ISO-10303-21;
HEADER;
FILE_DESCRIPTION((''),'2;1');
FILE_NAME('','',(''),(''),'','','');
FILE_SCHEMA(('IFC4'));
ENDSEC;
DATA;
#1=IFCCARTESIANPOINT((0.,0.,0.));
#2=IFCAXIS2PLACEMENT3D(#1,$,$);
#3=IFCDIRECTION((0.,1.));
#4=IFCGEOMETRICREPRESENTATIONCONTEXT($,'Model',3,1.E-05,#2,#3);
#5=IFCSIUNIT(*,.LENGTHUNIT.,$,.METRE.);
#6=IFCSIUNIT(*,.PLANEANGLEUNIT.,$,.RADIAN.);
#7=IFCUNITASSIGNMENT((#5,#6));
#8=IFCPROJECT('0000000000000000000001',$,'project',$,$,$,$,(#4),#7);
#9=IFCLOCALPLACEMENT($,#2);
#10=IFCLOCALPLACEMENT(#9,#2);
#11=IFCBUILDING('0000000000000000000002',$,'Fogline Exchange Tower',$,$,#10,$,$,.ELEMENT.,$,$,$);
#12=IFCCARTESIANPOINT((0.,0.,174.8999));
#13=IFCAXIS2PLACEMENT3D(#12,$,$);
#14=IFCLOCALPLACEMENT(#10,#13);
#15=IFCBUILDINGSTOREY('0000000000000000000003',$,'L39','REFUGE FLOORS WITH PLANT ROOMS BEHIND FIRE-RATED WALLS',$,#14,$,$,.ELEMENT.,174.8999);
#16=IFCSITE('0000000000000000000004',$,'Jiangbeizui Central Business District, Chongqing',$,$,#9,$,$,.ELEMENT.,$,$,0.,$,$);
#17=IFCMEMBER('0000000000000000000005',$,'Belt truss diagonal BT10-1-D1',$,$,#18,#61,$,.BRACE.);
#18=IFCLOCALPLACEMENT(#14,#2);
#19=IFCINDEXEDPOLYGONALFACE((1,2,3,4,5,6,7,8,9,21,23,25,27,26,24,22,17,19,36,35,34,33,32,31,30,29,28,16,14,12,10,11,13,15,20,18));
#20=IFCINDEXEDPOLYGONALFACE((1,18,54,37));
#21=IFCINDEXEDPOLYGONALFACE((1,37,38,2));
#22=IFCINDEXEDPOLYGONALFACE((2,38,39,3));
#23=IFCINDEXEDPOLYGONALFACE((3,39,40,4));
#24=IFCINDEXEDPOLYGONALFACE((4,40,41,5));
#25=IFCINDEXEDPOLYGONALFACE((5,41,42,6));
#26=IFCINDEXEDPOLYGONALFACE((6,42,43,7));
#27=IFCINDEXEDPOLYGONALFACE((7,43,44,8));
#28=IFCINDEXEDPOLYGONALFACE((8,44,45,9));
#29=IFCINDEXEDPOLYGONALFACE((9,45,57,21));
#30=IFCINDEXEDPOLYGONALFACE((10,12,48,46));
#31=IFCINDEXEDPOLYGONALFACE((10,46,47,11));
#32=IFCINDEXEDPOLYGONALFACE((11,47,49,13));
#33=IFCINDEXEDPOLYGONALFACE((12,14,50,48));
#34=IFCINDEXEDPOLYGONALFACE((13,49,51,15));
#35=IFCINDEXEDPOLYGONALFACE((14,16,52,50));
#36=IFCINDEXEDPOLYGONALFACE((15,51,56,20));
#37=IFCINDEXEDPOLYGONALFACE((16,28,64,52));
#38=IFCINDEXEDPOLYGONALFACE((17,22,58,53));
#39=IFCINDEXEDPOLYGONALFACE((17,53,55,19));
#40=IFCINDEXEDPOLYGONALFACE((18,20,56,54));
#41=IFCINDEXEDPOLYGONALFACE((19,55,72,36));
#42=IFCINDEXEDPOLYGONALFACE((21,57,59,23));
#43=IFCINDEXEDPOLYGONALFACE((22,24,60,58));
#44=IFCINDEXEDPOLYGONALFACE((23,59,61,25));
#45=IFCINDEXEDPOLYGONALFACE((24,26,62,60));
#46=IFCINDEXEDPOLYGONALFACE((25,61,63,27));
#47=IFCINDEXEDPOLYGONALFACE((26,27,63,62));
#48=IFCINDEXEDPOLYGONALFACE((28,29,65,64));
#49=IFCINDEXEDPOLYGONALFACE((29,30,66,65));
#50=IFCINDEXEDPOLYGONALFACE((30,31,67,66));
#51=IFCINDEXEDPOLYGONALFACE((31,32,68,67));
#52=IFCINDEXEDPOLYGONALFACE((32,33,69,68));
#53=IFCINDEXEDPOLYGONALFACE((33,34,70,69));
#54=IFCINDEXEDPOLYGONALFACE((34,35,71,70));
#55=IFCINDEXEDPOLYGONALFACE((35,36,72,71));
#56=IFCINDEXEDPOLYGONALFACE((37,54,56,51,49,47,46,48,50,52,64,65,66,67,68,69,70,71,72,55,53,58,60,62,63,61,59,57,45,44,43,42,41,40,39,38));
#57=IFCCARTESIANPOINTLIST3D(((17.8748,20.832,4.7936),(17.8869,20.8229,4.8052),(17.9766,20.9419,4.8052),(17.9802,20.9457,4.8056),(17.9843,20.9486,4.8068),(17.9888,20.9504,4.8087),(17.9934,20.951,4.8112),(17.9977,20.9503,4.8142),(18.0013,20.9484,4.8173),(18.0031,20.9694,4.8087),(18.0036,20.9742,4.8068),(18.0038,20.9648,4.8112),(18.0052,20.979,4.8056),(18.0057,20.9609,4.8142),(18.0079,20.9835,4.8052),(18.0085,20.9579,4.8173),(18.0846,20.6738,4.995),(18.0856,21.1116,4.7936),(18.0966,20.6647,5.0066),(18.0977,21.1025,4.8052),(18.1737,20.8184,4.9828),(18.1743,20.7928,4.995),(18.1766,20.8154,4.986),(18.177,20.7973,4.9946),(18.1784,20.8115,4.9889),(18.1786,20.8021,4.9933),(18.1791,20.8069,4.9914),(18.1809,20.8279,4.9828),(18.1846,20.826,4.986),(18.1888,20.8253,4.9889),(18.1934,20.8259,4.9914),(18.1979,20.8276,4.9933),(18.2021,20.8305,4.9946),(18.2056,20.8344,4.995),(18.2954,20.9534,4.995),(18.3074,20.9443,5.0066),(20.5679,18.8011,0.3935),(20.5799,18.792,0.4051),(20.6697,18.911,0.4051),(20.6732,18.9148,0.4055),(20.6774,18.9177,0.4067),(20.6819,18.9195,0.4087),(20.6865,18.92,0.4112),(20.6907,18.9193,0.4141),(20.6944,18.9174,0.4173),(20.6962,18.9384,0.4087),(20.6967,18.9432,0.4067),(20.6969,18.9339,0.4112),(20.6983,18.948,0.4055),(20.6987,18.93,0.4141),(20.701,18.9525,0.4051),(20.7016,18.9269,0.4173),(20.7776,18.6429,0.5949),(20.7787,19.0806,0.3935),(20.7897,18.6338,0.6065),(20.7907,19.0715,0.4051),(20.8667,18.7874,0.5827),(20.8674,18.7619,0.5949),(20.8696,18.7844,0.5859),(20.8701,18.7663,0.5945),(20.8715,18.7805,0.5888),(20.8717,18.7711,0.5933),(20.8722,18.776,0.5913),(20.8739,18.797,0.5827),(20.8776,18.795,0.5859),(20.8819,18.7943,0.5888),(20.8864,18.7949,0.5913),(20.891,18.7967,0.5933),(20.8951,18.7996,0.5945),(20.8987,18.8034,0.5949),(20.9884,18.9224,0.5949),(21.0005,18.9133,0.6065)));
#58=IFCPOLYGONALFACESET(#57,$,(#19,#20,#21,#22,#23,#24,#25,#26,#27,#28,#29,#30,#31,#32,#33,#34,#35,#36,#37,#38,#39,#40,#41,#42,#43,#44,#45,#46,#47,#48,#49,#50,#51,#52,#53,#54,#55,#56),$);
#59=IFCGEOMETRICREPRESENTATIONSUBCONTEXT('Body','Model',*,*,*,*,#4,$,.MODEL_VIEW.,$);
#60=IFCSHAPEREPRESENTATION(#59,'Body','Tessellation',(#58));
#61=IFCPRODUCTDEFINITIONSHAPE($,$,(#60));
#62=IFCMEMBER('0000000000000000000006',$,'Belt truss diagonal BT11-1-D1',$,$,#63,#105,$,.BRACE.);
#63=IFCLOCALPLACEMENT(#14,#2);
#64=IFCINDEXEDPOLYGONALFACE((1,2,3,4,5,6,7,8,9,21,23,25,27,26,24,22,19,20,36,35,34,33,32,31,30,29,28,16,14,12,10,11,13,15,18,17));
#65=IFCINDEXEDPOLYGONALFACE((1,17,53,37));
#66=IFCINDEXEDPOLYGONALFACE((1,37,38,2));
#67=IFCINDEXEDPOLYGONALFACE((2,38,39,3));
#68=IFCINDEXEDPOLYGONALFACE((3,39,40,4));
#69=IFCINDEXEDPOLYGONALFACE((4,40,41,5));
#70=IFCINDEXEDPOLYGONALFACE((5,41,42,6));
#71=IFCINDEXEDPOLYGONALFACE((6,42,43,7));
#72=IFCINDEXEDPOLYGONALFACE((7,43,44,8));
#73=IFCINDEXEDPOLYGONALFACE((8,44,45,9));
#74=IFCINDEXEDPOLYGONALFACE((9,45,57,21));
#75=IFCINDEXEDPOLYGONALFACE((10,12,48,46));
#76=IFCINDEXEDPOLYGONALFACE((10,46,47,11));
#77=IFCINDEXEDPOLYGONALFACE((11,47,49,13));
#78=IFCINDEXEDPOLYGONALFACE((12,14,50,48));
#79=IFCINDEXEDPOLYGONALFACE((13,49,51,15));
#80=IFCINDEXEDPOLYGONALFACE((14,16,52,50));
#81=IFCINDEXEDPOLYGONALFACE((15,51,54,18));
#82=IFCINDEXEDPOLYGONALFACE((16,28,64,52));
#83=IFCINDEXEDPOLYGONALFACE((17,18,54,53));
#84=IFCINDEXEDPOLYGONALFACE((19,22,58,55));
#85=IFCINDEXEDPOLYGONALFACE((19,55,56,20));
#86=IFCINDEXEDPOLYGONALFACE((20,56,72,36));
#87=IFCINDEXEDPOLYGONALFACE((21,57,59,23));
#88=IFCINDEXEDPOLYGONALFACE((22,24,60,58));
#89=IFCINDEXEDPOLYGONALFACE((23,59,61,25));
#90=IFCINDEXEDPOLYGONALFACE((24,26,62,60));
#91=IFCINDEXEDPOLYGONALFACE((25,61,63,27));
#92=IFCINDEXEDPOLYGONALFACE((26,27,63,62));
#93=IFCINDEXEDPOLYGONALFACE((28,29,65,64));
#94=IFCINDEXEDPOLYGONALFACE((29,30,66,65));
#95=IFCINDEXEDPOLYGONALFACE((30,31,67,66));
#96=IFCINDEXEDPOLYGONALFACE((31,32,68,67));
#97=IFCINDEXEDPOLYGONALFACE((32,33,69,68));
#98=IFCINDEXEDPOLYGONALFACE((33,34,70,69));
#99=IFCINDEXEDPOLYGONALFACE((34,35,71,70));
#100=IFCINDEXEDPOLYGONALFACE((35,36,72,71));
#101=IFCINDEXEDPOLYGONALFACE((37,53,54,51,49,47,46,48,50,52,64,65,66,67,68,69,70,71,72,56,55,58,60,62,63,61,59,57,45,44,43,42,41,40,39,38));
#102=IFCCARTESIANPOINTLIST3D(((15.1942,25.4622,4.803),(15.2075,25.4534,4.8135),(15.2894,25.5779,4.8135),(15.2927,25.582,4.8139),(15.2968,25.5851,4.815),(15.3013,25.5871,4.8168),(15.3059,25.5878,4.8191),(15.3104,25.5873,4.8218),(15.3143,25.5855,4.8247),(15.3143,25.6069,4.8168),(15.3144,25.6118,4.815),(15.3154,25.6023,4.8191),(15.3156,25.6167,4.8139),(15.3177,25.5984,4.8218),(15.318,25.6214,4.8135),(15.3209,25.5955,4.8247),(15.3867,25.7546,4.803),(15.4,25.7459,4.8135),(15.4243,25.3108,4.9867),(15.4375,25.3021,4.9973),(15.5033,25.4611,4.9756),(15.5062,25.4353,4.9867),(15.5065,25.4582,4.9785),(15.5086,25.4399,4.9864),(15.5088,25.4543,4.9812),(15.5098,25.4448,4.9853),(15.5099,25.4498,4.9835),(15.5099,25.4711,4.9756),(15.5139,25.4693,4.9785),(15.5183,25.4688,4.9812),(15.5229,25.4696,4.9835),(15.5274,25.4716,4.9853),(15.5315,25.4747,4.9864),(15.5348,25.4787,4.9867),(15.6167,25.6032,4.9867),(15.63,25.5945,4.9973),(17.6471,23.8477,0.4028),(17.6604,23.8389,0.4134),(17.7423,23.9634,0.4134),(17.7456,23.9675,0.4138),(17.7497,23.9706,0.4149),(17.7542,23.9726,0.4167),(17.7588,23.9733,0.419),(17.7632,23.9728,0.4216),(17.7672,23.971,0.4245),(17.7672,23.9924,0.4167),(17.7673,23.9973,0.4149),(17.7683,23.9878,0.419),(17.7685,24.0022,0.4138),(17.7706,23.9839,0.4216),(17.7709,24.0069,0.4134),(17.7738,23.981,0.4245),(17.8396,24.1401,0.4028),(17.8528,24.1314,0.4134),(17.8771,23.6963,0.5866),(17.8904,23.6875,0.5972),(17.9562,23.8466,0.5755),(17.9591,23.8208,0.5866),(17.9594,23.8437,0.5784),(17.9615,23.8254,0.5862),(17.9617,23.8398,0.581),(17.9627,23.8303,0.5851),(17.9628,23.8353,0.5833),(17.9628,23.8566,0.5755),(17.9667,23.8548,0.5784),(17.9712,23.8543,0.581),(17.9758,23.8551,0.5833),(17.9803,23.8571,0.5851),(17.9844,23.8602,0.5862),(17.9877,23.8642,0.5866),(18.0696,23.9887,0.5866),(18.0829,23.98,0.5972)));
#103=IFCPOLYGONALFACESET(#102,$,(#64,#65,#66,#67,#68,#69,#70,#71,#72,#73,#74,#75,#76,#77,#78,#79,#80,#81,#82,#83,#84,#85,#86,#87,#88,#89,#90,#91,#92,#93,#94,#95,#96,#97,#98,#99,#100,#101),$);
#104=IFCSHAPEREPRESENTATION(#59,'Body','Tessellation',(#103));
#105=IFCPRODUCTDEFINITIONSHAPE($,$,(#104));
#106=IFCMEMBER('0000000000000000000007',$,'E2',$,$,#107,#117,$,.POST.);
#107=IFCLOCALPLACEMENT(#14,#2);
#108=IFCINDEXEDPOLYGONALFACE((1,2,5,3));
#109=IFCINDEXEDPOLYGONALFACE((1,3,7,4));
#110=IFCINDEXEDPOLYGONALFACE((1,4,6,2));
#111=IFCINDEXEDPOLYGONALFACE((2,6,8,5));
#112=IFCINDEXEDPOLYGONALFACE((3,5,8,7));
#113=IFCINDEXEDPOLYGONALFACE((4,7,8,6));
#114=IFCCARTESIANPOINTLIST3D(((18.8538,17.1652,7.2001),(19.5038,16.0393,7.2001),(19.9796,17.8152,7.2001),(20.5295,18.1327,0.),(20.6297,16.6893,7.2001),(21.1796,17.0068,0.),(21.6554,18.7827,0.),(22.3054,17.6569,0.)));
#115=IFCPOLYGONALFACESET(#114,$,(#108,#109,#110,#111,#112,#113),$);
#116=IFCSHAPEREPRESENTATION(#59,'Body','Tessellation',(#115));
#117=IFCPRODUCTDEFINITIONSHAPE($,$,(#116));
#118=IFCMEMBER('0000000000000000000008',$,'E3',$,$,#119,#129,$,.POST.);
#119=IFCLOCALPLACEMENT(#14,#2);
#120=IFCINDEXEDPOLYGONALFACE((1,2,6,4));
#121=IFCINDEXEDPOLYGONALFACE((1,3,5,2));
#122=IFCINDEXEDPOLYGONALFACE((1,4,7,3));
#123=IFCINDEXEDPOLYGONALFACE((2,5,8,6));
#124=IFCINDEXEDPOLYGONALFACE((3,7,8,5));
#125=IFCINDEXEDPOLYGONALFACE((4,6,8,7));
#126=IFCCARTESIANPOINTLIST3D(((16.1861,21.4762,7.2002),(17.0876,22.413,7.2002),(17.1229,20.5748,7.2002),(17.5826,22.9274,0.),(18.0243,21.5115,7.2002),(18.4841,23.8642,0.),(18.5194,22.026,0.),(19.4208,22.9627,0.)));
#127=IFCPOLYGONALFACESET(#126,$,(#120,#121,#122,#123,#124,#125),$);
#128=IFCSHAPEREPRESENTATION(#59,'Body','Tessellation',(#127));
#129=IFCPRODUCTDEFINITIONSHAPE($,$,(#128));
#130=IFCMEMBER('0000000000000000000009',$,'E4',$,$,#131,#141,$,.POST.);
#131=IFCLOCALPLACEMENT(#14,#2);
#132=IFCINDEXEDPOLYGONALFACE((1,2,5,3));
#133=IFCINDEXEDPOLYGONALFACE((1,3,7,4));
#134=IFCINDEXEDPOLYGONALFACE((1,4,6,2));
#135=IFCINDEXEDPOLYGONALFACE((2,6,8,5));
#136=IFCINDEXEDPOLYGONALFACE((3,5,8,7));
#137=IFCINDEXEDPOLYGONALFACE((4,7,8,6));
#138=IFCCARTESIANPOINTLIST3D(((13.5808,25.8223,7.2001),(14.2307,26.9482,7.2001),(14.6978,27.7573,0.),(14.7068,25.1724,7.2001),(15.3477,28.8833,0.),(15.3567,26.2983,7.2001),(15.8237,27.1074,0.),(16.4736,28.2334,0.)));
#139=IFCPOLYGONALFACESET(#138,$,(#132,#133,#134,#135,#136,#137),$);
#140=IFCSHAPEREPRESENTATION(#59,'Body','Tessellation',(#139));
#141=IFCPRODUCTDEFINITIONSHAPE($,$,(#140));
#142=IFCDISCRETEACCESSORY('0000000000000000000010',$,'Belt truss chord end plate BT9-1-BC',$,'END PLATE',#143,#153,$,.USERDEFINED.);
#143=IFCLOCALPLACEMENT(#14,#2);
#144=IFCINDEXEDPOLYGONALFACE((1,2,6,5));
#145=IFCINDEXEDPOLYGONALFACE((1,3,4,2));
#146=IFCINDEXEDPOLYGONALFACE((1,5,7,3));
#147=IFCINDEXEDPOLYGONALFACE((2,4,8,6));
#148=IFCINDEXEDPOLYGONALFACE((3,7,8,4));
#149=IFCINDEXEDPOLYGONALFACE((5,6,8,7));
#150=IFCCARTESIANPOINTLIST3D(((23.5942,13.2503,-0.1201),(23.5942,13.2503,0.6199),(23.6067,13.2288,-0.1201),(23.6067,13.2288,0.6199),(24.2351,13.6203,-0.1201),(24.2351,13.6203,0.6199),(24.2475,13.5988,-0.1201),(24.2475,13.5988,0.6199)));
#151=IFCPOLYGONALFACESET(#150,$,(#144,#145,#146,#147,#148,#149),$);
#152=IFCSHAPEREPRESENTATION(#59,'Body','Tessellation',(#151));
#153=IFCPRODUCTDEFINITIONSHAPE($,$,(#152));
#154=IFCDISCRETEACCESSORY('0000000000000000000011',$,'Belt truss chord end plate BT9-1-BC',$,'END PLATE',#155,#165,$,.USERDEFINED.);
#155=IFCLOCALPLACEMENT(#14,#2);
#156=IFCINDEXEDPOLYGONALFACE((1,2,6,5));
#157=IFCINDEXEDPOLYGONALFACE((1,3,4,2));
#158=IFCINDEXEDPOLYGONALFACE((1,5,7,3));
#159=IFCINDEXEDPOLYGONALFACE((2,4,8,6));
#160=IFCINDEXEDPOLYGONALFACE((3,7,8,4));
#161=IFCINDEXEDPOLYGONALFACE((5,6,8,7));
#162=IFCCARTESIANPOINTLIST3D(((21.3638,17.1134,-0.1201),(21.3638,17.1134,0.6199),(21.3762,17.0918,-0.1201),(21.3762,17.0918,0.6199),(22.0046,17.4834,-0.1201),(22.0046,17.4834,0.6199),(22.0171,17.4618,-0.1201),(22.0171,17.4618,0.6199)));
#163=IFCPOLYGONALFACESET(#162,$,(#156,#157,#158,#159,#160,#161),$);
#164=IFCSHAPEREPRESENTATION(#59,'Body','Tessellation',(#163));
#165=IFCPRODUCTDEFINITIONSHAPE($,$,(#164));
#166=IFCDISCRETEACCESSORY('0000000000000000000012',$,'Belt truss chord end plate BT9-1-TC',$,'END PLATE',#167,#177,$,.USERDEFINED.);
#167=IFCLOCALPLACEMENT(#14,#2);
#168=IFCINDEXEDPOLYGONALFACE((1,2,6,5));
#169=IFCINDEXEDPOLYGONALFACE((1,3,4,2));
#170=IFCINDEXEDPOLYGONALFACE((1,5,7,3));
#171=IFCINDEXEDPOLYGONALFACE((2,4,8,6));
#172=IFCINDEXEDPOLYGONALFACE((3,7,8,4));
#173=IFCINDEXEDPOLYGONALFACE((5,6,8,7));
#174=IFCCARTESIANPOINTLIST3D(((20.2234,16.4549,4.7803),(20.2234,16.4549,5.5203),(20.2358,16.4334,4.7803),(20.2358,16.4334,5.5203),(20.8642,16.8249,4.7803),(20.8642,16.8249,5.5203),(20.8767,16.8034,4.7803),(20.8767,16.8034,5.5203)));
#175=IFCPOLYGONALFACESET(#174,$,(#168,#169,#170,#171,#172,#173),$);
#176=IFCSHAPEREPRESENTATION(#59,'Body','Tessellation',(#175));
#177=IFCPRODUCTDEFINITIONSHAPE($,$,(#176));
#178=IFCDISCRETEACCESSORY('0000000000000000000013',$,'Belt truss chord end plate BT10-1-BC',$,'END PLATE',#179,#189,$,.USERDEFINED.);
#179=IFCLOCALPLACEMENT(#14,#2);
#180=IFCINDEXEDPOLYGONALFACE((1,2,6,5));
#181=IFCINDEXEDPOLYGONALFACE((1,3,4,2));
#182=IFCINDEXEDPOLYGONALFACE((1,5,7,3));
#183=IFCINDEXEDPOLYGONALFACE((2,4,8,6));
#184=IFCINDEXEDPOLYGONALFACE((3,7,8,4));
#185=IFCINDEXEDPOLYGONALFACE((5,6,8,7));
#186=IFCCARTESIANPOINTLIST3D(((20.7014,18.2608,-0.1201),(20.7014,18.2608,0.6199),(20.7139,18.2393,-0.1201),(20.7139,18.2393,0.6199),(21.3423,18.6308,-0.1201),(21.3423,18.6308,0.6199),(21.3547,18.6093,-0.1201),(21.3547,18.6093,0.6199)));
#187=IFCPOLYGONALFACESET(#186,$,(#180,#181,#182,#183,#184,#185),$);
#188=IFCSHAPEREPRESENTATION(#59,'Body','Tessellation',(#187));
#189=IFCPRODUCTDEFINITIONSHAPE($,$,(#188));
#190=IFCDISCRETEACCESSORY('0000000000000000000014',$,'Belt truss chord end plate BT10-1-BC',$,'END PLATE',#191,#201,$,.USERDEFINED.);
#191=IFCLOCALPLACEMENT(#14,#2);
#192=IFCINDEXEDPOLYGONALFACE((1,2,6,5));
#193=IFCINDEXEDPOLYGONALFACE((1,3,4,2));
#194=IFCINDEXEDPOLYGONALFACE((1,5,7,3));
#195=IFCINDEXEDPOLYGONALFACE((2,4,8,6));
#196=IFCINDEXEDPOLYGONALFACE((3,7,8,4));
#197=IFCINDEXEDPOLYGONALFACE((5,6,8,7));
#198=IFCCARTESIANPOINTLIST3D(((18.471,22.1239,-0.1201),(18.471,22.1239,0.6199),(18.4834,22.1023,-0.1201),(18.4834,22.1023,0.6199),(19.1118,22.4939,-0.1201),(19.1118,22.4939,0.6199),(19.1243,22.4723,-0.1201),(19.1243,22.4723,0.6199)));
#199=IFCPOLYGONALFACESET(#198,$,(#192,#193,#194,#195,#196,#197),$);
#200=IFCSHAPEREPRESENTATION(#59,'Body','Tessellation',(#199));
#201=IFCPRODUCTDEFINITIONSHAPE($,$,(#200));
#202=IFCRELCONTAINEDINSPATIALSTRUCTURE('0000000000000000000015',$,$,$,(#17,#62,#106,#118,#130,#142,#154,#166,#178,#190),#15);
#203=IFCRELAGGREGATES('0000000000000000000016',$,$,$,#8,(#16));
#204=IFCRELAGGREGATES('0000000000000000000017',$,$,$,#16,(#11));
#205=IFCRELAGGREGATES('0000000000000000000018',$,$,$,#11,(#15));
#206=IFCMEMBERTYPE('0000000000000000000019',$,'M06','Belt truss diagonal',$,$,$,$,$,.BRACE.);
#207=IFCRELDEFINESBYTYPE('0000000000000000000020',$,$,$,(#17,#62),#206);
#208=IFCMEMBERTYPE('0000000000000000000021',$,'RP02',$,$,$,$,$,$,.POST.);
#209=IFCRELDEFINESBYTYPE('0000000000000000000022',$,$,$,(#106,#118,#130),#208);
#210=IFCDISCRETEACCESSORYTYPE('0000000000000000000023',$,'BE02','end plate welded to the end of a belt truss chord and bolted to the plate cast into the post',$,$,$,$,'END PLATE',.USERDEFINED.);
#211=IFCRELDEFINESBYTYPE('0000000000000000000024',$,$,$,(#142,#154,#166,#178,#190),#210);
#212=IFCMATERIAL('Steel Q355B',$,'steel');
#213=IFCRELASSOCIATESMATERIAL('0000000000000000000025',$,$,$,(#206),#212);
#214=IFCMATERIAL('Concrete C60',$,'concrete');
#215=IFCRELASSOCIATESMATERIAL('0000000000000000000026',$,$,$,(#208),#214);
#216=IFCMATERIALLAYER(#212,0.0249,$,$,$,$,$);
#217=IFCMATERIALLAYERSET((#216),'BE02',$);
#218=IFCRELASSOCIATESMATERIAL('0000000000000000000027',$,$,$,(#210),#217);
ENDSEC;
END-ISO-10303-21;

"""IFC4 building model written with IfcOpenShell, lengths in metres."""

from ifc_helpers import new_model, si_unit, direction, frame, origin, origin_2d, place, context, subcontext, project, spatial, rectangle, i_section, extrude, material, layer, layer_set, material_profile, profile_set, type_object, element, save


model = new_model("IFC4")

# Units and contexts
model_context = context("Model", 3, precision=1e-05, world=origin(), true_north=direction((0.0, 1.0)))
body_context = subcontext(model_context, "Body", "Model", "MODEL_VIEW")
ifc_project = project(units=[si_unit("LENGTHUNIT", "METRE"), si_unit("PLANEANGLEUNIT", "RADIAN")], contexts=[model_context])

# Site, building, storey
site_placement = place(None, origin())
site = spatial("IfcSite", under=ifc_project, at=site_placement, Name="Jiangbeizui Central Business District, Chongqing", CompositionType="ELEMENT", RefElevation=0.0)
building_placement = place(site_placement, origin())
building = spatial("IfcBuilding", under=site, at=building_placement, Name="Fogline Exchange Tower", CompositionType="ELEMENT")
storey_placement = place(building_placement, frame((0.0, 0.0, 174.8999)))
storey = spatial("IfcBuildingStorey", under=building, at=storey_placement, Name="L39", Description="REFUGE FLOORS WITH PLANT ROOMS BEHIND FIRE-RATED WALLS", CompositionType="ELEMENT", Elevation=174.8999)

# Members
ifc_material_1 = material(Name="Steel Q355B", Category="steel")
ifc_material_profile_1 = material_profile(ifc_material_1, i_section(OverallWidth=0.3501, OverallDepth=0.3501, WebThickness=0.012, FlangeThickness=0.019, FilletRadius=0.02, at=origin_2d()), Name="HW350X350X12X19")
ifc_profile_set_1 = profile_set([ifc_material_profile_1], Name="Steel Q355B")
member_type_1 = type_object("IfcMemberType", Name="M06", Description="Belt truss diagonal", PredefinedType="BRACE", material=ifc_profile_set_1)
member_1_placement = place(storey_placement, frame((20.7842, 18.8572, 0.5), z_axis=(-0.485746, 0.366324, 0.793636), x_axis=(-0.602117, -0.798408, 0.0)))
element("IfcMember", 1, at=member_1_placement, inside=storey, type_object=member_type_1, Name="Belt truss diagonal BT10-1-D1", PredefinedType="BRACE", context=body_context, shape_type="SweptSolid", body=[
    extrude(i_section(OverallWidth=0.3501, OverallDepth=0.3501, WebThickness=0.012, FlangeThickness=0.019, FilletRadius=0.02, at=origin_2d()), origin(), (0.0, 0.0, 1.0), 5.5442),
])
member_2_placement = place(storey_placement, frame((17.865, 23.9138, 0.5), z_axis=(-0.463679, 0.305197, 0.831779), x_axis=(-0.549798, -0.835298, 0.0)))
element("IfcMember", 2, at=member_2_placement, inside=storey, type_object=member_type_1, Name="Belt truss diagonal BT11-1-D1", PredefinedType="BRACE", context=body_context, shape_type="SweptSolid", body=[
    extrude(i_section(OverallWidth=0.3501, OverallDepth=0.3501, WebThickness=0.012, FlangeThickness=0.019, FilletRadius=0.02, at=origin_2d()), origin(), (0.0, 0.0, 1.0), 5.29),
])
ifc_material_2 = material(Name="Concrete C60", Category="concrete")
ifc_material_profile_2 = material_profile(ifc_material_2, rectangle(XDim=1.3, YDim=1.3, at=origin_2d()), Name="RC 1300x1300")
ifc_profile_set_2 = profile_set([ifc_material_profile_2], Name="Concrete C60")
member_type_2 = type_object("IfcMemberType", Name="RP02", PredefinedType="POST", material=ifc_profile_set_2)
member_3_placement = place(storey_placement, frame((21.4175, 17.8948, 0.0), z_axis=(0.0, 0.0, 1.0), x_axis=(0.500006, -0.866022, 0.0)))
element("IfcMember", 3, at=member_3_placement, inside=storey, type_object=member_type_2, Name="E2", PredefinedType="POST", context=body_context, shape_type="SweptSolid", body=[
    extrude(rectangle(XDim=1.3, YDim=1.3, at=origin_2d()), origin(), (0.0, -0.259538, 0.965733), 7.4556),
])
member_4_placement = place(storey_placement, frame((18.5017, 22.9451, 0.0), z_axis=(0.0, 0.0, 1.0), x_axis=(0.720553, -0.693399, 0.0)))
element("IfcMember", 4, at=member_4_placement, inside=storey, type_object=member_type_2, Name="E3", PredefinedType="POST", context=body_context, shape_type="SweptSolid", body=[
    extrude(rectangle(XDim=1.3, YDim=1.3, at=origin_2d()), origin(), (0.0, -0.269371, 0.963036), 7.4766),
])
member_5_placement = place(storey_placement, frame((15.5857, 27.9954, 0.0), z_axis=(0.0, 0.0, 1.0), x_axis=(0.866076, -0.499912, 0.0)))
element("IfcMember", 5, at=member_5_placement, inside=storey, type_object=member_type_2, Name="E4", PredefinedType="POST", context=body_context, shape_type="SweptSolid", body=[
    extrude(rectangle(XDim=1.3, YDim=1.3, at=origin_2d()), origin(), (0.0, -0.296368, 0.955074), 7.5388),
])

# Discrete accessories
ifc_layer = layer(ifc_material_1, 0.0249)
ifc_layer_set = layer_set([ifc_layer], Name="BE02")
discrete_accessory_type = type_object("IfcDiscreteAccessoryType", Name="BE02", Description="end plate welded to the end of a belt truss chord and bolted to the plate cast into the post", ElementType="END PLATE", PredefinedType="USERDEFINED", material=ifc_layer_set)
for number, where, z_axis, x_axis, name in (
    (6, (23.9209, 13.4246, -0.1201), (0.0, 0.0, 1.0), (0.5, -0.866025, 0.0), "Belt truss chord end plate BT9-1-BC"),
    (7, (21.6904, 17.2876, -0.1201), (0.0, 0.0, 1.0), (-0.5, 0.866025, 0.0), "Belt truss chord end plate BT9-1-BC"),
    (8, (20.55, 16.6292, 4.7803), (0.0, 0.0, 1.0), (-0.5, 0.866025, 0.0), "Belt truss chord end plate BT9-1-TC"),
    (9, (21.0281, 18.4351, -0.1201), (0.0, 0.0, 1.0), (0.5, -0.866025, 0.0), "Belt truss chord end plate BT10-1-BC"),
    (10, (18.7976, 22.2981, -0.1201), (0.0, 0.0, 1.0), (-0.5, 0.866025, 0.0), "Belt truss chord end plate BT10-1-BC"),
):
    element("IfcDiscreteAccessory", number, at=place(storey_placement, frame(where, z_axis=z_axis, x_axis=x_axis)), inside=storey, type_object=discrete_accessory_type, Name=name, ObjectType="END PLATE", PredefinedType="USERDEFINED", context=body_context, shape_type="SweptSolid", body=[
        extrude(rectangle(XDim=0.0249, YDim=0.74, at=origin_2d()), origin(), (0.0, 0.0, 1.0), 0.74),
    ])

save(model, "model.ifc")
